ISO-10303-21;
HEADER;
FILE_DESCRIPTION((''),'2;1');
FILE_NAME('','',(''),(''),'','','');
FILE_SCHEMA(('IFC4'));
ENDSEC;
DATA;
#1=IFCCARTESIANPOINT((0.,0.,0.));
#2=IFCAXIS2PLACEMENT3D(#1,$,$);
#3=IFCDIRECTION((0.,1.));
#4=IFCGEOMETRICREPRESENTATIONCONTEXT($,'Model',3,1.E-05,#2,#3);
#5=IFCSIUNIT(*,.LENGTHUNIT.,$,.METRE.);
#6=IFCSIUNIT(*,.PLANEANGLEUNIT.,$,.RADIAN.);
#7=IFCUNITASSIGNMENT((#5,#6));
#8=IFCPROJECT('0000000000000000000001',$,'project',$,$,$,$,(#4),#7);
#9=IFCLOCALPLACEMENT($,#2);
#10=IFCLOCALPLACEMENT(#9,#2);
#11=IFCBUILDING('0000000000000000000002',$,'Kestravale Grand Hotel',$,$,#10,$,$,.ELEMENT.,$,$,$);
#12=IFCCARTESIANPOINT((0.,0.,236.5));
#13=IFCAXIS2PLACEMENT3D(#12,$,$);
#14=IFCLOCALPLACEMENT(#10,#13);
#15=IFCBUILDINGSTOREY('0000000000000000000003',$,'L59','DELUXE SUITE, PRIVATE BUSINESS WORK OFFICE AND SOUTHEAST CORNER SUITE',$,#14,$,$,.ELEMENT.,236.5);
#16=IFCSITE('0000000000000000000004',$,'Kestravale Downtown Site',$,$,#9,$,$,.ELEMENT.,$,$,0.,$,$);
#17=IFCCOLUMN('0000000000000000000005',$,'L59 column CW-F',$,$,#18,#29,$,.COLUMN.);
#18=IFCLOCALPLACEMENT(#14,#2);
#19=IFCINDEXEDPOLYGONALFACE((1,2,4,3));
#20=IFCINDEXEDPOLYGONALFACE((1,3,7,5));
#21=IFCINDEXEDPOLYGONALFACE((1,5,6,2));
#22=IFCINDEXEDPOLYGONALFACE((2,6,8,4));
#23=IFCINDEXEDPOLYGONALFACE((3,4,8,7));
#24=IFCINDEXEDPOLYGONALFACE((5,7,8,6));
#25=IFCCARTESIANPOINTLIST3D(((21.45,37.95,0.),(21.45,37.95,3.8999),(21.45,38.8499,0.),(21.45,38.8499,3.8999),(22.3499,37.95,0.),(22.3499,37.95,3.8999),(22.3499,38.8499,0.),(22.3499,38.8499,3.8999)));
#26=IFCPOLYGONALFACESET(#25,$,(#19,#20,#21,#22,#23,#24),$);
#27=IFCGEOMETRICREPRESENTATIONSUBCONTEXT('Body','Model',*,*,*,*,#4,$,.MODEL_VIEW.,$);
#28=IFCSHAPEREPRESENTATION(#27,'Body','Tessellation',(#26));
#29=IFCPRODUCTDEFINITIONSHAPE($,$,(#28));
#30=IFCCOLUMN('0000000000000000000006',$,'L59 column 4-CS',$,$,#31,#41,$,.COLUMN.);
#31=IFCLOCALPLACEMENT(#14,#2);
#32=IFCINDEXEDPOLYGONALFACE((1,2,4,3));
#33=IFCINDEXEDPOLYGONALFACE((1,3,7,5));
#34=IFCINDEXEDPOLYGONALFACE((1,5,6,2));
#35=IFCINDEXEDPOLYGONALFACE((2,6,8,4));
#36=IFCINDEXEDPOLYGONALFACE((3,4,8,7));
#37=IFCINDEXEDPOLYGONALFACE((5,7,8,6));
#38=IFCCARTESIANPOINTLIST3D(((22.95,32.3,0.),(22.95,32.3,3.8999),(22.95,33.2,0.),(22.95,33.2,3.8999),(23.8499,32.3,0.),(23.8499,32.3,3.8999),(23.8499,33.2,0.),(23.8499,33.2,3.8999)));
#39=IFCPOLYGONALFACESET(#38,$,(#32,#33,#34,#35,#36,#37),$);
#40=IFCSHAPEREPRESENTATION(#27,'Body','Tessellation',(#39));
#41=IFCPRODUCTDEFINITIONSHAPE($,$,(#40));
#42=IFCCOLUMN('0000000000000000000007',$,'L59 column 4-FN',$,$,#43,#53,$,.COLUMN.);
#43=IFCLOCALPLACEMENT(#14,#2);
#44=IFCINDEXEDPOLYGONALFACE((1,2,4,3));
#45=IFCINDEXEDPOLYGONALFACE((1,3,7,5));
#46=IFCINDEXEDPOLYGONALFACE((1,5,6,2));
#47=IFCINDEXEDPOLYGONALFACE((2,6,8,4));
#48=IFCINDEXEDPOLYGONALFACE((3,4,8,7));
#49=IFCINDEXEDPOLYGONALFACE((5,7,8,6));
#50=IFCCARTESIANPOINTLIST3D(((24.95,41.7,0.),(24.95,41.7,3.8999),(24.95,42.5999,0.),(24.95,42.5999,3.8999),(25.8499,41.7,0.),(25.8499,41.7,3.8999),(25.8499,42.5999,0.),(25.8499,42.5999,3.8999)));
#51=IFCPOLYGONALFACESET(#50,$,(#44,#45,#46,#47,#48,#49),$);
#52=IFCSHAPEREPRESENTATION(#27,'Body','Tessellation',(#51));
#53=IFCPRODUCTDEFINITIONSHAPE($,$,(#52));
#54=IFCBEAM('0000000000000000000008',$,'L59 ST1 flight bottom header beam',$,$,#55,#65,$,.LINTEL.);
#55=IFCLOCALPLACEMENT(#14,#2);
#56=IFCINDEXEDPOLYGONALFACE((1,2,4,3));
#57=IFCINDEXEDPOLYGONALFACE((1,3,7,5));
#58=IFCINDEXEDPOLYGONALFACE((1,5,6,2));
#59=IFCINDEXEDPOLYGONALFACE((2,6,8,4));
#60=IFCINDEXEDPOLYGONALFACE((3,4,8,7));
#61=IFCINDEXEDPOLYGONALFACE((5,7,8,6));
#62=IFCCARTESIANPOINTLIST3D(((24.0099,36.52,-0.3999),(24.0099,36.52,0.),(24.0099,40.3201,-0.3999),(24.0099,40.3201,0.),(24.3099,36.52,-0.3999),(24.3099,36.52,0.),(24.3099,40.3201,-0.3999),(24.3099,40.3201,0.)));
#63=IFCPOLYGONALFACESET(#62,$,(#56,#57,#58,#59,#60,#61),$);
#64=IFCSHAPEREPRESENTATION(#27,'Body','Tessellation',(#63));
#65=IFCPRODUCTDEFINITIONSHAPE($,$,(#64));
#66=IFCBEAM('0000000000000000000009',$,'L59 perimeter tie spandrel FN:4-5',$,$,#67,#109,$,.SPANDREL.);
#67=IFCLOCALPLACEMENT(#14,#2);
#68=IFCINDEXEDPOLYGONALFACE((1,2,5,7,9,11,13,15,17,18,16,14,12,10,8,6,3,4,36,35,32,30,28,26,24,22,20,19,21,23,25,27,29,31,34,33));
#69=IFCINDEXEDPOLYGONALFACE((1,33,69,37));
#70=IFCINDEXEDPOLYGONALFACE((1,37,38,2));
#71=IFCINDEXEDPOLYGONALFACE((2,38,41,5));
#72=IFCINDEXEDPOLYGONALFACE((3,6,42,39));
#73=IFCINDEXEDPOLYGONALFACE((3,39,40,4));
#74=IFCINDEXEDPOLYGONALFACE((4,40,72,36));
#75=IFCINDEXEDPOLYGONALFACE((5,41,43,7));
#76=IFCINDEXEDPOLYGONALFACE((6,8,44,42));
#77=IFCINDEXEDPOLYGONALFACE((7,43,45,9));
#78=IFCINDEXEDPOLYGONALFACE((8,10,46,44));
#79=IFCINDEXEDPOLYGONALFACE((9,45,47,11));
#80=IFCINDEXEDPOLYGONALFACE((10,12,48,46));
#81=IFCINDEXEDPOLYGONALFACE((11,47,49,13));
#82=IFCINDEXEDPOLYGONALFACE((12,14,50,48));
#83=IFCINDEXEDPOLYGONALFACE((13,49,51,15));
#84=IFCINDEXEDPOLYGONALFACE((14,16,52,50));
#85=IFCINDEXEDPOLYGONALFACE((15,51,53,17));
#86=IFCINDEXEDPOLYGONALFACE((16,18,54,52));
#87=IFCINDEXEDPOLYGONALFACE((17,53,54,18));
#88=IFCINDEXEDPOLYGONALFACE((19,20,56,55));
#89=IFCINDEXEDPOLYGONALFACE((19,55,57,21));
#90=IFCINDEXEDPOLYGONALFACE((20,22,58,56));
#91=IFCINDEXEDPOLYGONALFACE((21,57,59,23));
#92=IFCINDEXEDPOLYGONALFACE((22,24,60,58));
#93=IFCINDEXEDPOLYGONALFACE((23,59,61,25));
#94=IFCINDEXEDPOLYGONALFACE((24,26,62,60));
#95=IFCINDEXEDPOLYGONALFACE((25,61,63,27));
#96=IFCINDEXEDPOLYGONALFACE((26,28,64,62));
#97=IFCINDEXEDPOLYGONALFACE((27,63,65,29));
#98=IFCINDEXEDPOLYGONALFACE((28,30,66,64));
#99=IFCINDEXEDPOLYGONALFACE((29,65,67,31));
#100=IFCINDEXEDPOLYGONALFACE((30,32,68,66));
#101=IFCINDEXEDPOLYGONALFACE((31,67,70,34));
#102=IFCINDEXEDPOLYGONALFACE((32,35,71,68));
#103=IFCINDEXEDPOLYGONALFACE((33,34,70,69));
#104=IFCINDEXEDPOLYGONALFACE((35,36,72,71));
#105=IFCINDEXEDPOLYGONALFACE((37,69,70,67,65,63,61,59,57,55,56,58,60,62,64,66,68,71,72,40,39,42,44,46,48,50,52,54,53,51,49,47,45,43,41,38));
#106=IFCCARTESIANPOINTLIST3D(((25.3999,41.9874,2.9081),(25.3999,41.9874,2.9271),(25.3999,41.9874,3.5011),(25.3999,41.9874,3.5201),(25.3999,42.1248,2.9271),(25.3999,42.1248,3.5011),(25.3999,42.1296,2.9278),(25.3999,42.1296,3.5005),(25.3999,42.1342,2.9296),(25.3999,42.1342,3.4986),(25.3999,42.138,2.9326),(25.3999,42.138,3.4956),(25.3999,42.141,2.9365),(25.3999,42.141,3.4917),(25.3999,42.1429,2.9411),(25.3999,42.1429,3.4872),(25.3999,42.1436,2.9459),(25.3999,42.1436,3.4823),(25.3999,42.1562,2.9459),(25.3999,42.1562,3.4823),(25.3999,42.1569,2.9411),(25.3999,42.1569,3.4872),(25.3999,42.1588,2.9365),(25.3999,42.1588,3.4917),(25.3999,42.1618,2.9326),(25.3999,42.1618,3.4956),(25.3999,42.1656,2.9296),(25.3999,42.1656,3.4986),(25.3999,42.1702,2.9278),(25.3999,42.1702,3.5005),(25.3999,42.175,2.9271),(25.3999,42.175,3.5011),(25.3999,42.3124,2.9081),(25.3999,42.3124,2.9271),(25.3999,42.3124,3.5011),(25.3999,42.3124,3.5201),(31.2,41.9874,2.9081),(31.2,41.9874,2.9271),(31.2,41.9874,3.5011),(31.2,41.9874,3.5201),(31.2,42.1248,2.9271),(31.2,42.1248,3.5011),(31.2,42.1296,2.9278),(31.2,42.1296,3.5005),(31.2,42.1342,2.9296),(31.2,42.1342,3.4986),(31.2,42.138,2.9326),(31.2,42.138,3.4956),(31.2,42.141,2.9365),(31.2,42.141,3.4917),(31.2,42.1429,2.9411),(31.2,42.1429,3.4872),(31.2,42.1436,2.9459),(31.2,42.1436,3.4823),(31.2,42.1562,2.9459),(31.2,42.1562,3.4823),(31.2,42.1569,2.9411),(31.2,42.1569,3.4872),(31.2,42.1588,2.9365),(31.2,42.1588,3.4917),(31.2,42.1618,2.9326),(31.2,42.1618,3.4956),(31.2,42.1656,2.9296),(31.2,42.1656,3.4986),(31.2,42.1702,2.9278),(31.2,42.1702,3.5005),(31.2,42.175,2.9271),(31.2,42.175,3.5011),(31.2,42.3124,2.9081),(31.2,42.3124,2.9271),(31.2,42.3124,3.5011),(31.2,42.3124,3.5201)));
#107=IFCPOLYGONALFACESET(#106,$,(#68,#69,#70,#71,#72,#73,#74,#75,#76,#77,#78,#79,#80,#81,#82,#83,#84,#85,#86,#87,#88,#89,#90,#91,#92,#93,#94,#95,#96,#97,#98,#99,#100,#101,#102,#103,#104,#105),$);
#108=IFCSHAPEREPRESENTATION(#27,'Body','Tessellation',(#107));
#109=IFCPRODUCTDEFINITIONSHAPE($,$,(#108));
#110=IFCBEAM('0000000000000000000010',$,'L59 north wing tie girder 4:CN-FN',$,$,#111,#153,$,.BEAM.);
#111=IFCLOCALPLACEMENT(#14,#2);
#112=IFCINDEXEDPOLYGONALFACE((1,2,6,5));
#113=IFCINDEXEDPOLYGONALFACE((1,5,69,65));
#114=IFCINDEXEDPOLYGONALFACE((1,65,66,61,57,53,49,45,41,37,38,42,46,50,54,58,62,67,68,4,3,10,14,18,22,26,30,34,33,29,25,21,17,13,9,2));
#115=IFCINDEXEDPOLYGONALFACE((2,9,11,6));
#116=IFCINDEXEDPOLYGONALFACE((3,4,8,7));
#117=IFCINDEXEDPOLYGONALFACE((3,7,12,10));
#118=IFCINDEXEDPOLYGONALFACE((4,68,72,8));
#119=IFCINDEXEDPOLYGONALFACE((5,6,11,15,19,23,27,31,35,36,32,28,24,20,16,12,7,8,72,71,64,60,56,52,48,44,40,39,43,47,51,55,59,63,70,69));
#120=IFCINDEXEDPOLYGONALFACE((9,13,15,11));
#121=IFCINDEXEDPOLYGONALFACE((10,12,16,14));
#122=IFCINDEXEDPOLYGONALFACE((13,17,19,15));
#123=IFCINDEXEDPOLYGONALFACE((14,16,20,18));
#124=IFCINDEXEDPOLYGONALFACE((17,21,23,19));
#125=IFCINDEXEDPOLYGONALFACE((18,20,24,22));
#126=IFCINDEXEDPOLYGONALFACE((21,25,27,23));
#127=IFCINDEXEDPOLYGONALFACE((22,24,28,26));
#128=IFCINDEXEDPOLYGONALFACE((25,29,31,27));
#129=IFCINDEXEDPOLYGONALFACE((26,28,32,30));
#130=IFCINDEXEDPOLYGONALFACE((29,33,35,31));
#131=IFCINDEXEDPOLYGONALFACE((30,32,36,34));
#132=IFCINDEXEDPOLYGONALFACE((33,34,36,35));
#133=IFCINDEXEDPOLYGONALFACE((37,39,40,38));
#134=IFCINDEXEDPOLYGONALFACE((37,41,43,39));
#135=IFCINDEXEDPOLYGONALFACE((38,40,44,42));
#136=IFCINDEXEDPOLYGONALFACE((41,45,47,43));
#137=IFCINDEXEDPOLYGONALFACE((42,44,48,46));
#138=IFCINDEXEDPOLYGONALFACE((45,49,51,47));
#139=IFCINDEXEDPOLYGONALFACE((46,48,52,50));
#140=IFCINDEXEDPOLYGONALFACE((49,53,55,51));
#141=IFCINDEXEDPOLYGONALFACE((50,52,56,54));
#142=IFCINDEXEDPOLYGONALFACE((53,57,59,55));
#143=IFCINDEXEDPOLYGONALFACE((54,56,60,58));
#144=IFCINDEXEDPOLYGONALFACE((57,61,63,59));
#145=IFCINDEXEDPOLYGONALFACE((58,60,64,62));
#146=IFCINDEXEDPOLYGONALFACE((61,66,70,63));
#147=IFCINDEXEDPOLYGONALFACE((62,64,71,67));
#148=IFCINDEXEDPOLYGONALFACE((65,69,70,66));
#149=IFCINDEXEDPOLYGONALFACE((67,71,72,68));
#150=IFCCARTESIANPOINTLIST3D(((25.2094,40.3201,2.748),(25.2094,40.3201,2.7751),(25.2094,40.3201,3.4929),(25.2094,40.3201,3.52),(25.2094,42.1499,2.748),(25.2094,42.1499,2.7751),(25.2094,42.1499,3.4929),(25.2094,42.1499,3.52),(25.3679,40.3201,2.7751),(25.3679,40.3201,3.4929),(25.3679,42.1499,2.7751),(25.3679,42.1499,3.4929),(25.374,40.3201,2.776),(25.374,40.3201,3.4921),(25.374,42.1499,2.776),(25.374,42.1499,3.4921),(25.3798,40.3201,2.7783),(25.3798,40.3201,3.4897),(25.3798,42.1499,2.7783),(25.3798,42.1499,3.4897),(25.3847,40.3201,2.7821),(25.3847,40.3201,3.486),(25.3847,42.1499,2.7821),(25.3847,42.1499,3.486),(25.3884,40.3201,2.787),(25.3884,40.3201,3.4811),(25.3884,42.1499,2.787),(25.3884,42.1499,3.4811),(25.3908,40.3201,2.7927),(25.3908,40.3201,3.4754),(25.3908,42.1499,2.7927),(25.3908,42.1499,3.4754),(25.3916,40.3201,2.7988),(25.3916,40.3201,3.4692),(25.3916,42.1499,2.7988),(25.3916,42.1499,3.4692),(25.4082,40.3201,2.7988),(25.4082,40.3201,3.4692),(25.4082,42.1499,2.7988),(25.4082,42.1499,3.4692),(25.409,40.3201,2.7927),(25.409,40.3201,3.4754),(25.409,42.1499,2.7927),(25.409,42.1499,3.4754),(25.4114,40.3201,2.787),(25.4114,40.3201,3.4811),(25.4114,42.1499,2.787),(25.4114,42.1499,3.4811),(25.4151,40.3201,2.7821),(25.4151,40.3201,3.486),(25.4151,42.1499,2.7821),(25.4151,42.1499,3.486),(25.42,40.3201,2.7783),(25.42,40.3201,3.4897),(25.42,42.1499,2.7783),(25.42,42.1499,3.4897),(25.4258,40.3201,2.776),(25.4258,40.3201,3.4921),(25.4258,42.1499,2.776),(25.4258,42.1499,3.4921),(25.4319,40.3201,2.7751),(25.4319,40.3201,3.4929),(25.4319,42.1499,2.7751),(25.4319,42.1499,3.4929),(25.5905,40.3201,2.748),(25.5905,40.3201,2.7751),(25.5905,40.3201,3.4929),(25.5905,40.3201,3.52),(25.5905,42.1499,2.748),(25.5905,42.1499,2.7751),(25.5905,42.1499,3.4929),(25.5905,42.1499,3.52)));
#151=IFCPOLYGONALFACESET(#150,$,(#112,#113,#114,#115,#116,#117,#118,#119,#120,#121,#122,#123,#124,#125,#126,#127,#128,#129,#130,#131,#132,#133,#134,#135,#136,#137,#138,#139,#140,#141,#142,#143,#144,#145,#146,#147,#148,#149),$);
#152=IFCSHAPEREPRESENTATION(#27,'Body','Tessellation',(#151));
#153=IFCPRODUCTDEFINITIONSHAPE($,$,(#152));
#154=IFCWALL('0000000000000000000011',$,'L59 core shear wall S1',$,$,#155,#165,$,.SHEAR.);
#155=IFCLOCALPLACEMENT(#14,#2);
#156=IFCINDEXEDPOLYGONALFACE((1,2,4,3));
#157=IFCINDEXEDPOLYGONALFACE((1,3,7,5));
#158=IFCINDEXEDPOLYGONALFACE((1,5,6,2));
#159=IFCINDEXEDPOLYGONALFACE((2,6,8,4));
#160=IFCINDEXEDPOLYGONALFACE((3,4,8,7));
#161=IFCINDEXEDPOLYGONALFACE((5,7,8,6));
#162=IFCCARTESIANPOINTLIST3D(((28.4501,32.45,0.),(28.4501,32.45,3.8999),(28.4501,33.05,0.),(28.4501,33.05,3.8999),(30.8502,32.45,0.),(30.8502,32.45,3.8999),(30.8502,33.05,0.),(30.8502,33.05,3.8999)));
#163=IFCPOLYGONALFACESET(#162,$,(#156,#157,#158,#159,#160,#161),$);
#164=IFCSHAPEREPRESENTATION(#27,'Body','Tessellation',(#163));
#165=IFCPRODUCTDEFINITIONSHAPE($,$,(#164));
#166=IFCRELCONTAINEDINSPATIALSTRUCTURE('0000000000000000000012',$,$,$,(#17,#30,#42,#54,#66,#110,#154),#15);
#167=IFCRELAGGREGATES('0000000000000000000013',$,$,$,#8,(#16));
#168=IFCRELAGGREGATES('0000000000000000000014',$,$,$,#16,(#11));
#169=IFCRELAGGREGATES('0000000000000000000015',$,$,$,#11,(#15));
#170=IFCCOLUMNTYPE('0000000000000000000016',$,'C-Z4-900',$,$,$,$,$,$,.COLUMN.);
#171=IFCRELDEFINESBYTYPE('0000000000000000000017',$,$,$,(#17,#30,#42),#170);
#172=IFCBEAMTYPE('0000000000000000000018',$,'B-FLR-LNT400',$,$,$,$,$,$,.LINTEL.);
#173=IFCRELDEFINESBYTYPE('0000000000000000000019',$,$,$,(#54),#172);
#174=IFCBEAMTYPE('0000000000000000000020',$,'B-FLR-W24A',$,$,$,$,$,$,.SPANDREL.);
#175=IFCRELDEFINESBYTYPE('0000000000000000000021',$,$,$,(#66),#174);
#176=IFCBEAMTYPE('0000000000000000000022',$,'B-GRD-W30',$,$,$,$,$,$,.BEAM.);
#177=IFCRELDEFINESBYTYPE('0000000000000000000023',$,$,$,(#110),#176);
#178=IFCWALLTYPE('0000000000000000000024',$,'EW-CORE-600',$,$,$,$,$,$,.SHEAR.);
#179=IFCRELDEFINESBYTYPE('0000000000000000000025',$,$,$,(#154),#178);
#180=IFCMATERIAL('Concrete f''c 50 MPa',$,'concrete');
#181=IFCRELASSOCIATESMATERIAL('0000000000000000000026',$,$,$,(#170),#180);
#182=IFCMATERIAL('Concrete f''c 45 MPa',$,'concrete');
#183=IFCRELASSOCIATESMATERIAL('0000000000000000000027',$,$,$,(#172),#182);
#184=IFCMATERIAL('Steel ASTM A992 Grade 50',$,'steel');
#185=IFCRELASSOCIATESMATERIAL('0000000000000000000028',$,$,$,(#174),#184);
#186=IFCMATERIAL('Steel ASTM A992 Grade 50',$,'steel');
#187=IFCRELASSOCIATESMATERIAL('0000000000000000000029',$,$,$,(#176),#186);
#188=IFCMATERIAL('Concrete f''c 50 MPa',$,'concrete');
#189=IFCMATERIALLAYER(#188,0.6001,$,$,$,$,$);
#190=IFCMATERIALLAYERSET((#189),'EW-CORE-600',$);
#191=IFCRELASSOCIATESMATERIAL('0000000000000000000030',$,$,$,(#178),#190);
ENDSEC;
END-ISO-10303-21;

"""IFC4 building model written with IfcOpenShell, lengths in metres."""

from ifc_helpers import new_model, si_unit, direction, frame, frame_2d, origin, origin_2d, place, context, subcontext, project, spatial, rectangle, i_section, extrude, material, layer, layer_set, material_profile, profile_set, type_object, element, save


model = new_model("IFC4")

# Units and contexts
model_context = context("Model", 3, precision=1e-05, world=origin(), true_north=direction((0.0, 1.0)))
body_context = subcontext(model_context, "Body", "Model", "MODEL_VIEW")
ifc_project = project(units=[si_unit("LENGTHUNIT", "METRE"), si_unit("PLANEANGLEUNIT", "RADIAN")], contexts=[model_context])

# Site, building, storey
site_placement = place(None, origin())
site = spatial("IfcSite", under=ifc_project, at=site_placement, Name="Kestravale Downtown Site", CompositionType="ELEMENT", RefElevation=0.0)
building_placement = place(site_placement, origin())
building = spatial("IfcBuilding", under=site, at=building_placement, Name="Kestravale Grand Hotel", CompositionType="ELEMENT")
storey_placement = place(building_placement, frame((0.0, 0.0, 236.5)))
storey = spatial("IfcBuildingStorey", under=building, at=storey_placement, Name="L59", Description="DELUXE SUITE, PRIVATE BUSINESS WORK OFFICE AND SOUTHEAST CORNER SUITE", CompositionType="ELEMENT", Elevation=236.5)

# Columns
ifc_material_1 = material(Name="Concrete f'c 50 MPa", Category="concrete")
ifc_material_profile_1 = material_profile(ifc_material_1, rectangle(XDim=0.8999, YDim=0.8999, at=origin_2d()))
ifc_profile_set_1 = profile_set([ifc_material_profile_1], Name="Concrete f'c 50 MPa")
column_type = type_object("IfcColumnType", Name="C-Z4-900", PredefinedType="COLUMN", material=ifc_profile_set_1)
for number, where, z_axis, x_axis, name in (
    (1, (21.8999, 38.3999, 0.0), (0.0, 0.0, 1.0), (1.0, 0.0, 0.0), "L59 column CW-F"),
    (2, (23.3999, 32.75, 0.0), (0.0, 0.0, 1.0), (1.0, 0.0, 0.0), "L59 column 4-CS"),
    (3, (25.3999, 42.1499, 0.0), (0.0, 0.0, 1.0), (1.0, 0.0, 0.0), "L59 column 4-FN"),
):
    element("IfcColumn", number, at=place(storey_placement, frame(where, z_axis=z_axis, x_axis=x_axis)), inside=storey, type_object=column_type, Name=name, PredefinedType="COLUMN", context=body_context, shape_type="SweptSolid", body=[
        extrude(rectangle(XDim=0.8999, YDim=0.8999, at=origin_2d()), origin(), (0.0, 0.0, 1.0), 3.8999),
    ])

# Beams
ifc_material_2 = material(Name="Concrete f'c 45 MPa", Category="concrete")
ifc_material_profile_2 = material_profile(ifc_material_2, rectangle(XDim=0.3, YDim=0.3999, at=origin_2d()))
ifc_profile_set_2 = profile_set([ifc_material_profile_2], Name="Concrete f'c 45 MPa")
beam_type_1 = type_object("IfcBeamType", Name="B-FLR-LNT400", PredefinedType="LINTEL", material=ifc_profile_set_2)
beam_1_placement = place(storey_placement, frame((24.1599, 36.52, -0.2), z_axis=(0.0, 1.0, 0.0), x_axis=(-1.0, 0.0, 0.0)))
element("IfcBeam", 4, at=beam_1_placement, inside=storey, type_object=beam_type_1, Name="L59 ST1 flight bottom header beam", PredefinedType="LINTEL", context=body_context, shape_type="SweptSolid", body=[
    extrude(rectangle(XDim=0.3, YDim=0.3999, at=origin_2d()), origin(), (0.0, 0.0, 1.0), 3.8),
])
ifc_material_3 = material(Name="Steel ASTM A992 Grade 50", Category="steel")
ifc_material_profile_3 = material_profile(ifc_material_3, i_section(OverallWidth=0.325, OverallDepth=0.6121, WebThickness=0.0127, FlangeThickness=0.019, FilletRadius=0.0188, at=origin_2d()))
ifc_profile_set_3 = profile_set([ifc_material_profile_3], Name="Steel ASTM A992 Grade 50")
beam_type_2 = type_object("IfcBeamType", Name="B-FLR-W24A", PredefinedType="SPANDREL", material=ifc_profile_set_3)
beam_2_placement = place(storey_placement, frame((25.3999, 42.1499, 3.2141), z_axis=(1.0, 0.0, 0.0), x_axis=(0.0, 1.0, 0.0)))
element("IfcBeam", 5, at=beam_2_placement, inside=storey, type_object=beam_type_2, Name="L59 perimeter tie spandrel FN:4-5", PredefinedType="SPANDREL", context=body_context, shape_type="SweptSolid", body=[
    extrude(i_section(OverallWidth=0.325, OverallDepth=0.6121, WebThickness=0.0127, FlangeThickness=0.019, FilletRadius=0.0188, at=origin_2d()), origin(), (0.0, 0.0, 1.0), 5.8),
])
ifc_material_4 = material(Name="Steel ASTM A992 Grade 50", Category="steel")
ifc_material_profile_4 = material_profile(ifc_material_4, i_section(OverallWidth=0.3811, OverallDepth=0.772, WebThickness=0.0166, FlangeThickness=0.0271, FilletRadius=0.0237, at=origin_2d()))
ifc_profile_set_4 = profile_set([ifc_material_profile_4], Name="Steel ASTM A992 Grade 50")
beam_type_3 = type_object("IfcBeamType", Name="B-GRD-W30", PredefinedType="BEAM", material=ifc_profile_set_4)
beam_3_placement = place(storey_placement, frame((25.3999, 40.3201, 3.134), z_axis=(0.0, 1.0, 0.0), x_axis=(-1.0, 0.0, 0.0)))
element("IfcBeam", 6, at=beam_3_placement, inside=storey, type_object=beam_type_3, Name="L59 north wing tie girder 4:CN-FN", PredefinedType="BEAM", context=body_context, shape_type="SweptSolid", body=[
    extrude(i_section(OverallWidth=0.3811, OverallDepth=0.772, WebThickness=0.0166, FlangeThickness=0.0271, FilletRadius=0.0237, at=origin_2d()), origin(), (0.0, 0.0, 1.0), 1.8298),
])

# Wall
ifc_material_5 = material(Name="Concrete f'c 50 MPa", Category="concrete")
ifc_layer_1 = layer(ifc_material_5, 0.6001)
ifc_layer_set_1 = layer_set([ifc_layer_1], Name="EW-CORE-600")
wall_type_1 = type_object("IfcWallType", Name="EW-CORE-600", PredefinedType="SHEAR", material=ifc_layer_set_1)
wall_1_placement = place(storey_placement, frame((28.45, 32.75, 0.0), z_axis=(0.0, 0.0, 1.0), x_axis=(1.0, 0.0, 0.0)))
element("IfcWall", 7, at=wall_1_placement, inside=storey, type_object=wall_type_1, Name="L59 core shear wall S1", PredefinedType="SHEAR", context=body_context, shape_type="SweptSolid", body=[
    extrude(rectangle(XDim=2.4001, YDim=0.6001, at=frame_2d((1.2002, 0.0))), origin(), (0.0, 0.0, 1.0), 3.8999),
])

save(model, "model.ifc")
